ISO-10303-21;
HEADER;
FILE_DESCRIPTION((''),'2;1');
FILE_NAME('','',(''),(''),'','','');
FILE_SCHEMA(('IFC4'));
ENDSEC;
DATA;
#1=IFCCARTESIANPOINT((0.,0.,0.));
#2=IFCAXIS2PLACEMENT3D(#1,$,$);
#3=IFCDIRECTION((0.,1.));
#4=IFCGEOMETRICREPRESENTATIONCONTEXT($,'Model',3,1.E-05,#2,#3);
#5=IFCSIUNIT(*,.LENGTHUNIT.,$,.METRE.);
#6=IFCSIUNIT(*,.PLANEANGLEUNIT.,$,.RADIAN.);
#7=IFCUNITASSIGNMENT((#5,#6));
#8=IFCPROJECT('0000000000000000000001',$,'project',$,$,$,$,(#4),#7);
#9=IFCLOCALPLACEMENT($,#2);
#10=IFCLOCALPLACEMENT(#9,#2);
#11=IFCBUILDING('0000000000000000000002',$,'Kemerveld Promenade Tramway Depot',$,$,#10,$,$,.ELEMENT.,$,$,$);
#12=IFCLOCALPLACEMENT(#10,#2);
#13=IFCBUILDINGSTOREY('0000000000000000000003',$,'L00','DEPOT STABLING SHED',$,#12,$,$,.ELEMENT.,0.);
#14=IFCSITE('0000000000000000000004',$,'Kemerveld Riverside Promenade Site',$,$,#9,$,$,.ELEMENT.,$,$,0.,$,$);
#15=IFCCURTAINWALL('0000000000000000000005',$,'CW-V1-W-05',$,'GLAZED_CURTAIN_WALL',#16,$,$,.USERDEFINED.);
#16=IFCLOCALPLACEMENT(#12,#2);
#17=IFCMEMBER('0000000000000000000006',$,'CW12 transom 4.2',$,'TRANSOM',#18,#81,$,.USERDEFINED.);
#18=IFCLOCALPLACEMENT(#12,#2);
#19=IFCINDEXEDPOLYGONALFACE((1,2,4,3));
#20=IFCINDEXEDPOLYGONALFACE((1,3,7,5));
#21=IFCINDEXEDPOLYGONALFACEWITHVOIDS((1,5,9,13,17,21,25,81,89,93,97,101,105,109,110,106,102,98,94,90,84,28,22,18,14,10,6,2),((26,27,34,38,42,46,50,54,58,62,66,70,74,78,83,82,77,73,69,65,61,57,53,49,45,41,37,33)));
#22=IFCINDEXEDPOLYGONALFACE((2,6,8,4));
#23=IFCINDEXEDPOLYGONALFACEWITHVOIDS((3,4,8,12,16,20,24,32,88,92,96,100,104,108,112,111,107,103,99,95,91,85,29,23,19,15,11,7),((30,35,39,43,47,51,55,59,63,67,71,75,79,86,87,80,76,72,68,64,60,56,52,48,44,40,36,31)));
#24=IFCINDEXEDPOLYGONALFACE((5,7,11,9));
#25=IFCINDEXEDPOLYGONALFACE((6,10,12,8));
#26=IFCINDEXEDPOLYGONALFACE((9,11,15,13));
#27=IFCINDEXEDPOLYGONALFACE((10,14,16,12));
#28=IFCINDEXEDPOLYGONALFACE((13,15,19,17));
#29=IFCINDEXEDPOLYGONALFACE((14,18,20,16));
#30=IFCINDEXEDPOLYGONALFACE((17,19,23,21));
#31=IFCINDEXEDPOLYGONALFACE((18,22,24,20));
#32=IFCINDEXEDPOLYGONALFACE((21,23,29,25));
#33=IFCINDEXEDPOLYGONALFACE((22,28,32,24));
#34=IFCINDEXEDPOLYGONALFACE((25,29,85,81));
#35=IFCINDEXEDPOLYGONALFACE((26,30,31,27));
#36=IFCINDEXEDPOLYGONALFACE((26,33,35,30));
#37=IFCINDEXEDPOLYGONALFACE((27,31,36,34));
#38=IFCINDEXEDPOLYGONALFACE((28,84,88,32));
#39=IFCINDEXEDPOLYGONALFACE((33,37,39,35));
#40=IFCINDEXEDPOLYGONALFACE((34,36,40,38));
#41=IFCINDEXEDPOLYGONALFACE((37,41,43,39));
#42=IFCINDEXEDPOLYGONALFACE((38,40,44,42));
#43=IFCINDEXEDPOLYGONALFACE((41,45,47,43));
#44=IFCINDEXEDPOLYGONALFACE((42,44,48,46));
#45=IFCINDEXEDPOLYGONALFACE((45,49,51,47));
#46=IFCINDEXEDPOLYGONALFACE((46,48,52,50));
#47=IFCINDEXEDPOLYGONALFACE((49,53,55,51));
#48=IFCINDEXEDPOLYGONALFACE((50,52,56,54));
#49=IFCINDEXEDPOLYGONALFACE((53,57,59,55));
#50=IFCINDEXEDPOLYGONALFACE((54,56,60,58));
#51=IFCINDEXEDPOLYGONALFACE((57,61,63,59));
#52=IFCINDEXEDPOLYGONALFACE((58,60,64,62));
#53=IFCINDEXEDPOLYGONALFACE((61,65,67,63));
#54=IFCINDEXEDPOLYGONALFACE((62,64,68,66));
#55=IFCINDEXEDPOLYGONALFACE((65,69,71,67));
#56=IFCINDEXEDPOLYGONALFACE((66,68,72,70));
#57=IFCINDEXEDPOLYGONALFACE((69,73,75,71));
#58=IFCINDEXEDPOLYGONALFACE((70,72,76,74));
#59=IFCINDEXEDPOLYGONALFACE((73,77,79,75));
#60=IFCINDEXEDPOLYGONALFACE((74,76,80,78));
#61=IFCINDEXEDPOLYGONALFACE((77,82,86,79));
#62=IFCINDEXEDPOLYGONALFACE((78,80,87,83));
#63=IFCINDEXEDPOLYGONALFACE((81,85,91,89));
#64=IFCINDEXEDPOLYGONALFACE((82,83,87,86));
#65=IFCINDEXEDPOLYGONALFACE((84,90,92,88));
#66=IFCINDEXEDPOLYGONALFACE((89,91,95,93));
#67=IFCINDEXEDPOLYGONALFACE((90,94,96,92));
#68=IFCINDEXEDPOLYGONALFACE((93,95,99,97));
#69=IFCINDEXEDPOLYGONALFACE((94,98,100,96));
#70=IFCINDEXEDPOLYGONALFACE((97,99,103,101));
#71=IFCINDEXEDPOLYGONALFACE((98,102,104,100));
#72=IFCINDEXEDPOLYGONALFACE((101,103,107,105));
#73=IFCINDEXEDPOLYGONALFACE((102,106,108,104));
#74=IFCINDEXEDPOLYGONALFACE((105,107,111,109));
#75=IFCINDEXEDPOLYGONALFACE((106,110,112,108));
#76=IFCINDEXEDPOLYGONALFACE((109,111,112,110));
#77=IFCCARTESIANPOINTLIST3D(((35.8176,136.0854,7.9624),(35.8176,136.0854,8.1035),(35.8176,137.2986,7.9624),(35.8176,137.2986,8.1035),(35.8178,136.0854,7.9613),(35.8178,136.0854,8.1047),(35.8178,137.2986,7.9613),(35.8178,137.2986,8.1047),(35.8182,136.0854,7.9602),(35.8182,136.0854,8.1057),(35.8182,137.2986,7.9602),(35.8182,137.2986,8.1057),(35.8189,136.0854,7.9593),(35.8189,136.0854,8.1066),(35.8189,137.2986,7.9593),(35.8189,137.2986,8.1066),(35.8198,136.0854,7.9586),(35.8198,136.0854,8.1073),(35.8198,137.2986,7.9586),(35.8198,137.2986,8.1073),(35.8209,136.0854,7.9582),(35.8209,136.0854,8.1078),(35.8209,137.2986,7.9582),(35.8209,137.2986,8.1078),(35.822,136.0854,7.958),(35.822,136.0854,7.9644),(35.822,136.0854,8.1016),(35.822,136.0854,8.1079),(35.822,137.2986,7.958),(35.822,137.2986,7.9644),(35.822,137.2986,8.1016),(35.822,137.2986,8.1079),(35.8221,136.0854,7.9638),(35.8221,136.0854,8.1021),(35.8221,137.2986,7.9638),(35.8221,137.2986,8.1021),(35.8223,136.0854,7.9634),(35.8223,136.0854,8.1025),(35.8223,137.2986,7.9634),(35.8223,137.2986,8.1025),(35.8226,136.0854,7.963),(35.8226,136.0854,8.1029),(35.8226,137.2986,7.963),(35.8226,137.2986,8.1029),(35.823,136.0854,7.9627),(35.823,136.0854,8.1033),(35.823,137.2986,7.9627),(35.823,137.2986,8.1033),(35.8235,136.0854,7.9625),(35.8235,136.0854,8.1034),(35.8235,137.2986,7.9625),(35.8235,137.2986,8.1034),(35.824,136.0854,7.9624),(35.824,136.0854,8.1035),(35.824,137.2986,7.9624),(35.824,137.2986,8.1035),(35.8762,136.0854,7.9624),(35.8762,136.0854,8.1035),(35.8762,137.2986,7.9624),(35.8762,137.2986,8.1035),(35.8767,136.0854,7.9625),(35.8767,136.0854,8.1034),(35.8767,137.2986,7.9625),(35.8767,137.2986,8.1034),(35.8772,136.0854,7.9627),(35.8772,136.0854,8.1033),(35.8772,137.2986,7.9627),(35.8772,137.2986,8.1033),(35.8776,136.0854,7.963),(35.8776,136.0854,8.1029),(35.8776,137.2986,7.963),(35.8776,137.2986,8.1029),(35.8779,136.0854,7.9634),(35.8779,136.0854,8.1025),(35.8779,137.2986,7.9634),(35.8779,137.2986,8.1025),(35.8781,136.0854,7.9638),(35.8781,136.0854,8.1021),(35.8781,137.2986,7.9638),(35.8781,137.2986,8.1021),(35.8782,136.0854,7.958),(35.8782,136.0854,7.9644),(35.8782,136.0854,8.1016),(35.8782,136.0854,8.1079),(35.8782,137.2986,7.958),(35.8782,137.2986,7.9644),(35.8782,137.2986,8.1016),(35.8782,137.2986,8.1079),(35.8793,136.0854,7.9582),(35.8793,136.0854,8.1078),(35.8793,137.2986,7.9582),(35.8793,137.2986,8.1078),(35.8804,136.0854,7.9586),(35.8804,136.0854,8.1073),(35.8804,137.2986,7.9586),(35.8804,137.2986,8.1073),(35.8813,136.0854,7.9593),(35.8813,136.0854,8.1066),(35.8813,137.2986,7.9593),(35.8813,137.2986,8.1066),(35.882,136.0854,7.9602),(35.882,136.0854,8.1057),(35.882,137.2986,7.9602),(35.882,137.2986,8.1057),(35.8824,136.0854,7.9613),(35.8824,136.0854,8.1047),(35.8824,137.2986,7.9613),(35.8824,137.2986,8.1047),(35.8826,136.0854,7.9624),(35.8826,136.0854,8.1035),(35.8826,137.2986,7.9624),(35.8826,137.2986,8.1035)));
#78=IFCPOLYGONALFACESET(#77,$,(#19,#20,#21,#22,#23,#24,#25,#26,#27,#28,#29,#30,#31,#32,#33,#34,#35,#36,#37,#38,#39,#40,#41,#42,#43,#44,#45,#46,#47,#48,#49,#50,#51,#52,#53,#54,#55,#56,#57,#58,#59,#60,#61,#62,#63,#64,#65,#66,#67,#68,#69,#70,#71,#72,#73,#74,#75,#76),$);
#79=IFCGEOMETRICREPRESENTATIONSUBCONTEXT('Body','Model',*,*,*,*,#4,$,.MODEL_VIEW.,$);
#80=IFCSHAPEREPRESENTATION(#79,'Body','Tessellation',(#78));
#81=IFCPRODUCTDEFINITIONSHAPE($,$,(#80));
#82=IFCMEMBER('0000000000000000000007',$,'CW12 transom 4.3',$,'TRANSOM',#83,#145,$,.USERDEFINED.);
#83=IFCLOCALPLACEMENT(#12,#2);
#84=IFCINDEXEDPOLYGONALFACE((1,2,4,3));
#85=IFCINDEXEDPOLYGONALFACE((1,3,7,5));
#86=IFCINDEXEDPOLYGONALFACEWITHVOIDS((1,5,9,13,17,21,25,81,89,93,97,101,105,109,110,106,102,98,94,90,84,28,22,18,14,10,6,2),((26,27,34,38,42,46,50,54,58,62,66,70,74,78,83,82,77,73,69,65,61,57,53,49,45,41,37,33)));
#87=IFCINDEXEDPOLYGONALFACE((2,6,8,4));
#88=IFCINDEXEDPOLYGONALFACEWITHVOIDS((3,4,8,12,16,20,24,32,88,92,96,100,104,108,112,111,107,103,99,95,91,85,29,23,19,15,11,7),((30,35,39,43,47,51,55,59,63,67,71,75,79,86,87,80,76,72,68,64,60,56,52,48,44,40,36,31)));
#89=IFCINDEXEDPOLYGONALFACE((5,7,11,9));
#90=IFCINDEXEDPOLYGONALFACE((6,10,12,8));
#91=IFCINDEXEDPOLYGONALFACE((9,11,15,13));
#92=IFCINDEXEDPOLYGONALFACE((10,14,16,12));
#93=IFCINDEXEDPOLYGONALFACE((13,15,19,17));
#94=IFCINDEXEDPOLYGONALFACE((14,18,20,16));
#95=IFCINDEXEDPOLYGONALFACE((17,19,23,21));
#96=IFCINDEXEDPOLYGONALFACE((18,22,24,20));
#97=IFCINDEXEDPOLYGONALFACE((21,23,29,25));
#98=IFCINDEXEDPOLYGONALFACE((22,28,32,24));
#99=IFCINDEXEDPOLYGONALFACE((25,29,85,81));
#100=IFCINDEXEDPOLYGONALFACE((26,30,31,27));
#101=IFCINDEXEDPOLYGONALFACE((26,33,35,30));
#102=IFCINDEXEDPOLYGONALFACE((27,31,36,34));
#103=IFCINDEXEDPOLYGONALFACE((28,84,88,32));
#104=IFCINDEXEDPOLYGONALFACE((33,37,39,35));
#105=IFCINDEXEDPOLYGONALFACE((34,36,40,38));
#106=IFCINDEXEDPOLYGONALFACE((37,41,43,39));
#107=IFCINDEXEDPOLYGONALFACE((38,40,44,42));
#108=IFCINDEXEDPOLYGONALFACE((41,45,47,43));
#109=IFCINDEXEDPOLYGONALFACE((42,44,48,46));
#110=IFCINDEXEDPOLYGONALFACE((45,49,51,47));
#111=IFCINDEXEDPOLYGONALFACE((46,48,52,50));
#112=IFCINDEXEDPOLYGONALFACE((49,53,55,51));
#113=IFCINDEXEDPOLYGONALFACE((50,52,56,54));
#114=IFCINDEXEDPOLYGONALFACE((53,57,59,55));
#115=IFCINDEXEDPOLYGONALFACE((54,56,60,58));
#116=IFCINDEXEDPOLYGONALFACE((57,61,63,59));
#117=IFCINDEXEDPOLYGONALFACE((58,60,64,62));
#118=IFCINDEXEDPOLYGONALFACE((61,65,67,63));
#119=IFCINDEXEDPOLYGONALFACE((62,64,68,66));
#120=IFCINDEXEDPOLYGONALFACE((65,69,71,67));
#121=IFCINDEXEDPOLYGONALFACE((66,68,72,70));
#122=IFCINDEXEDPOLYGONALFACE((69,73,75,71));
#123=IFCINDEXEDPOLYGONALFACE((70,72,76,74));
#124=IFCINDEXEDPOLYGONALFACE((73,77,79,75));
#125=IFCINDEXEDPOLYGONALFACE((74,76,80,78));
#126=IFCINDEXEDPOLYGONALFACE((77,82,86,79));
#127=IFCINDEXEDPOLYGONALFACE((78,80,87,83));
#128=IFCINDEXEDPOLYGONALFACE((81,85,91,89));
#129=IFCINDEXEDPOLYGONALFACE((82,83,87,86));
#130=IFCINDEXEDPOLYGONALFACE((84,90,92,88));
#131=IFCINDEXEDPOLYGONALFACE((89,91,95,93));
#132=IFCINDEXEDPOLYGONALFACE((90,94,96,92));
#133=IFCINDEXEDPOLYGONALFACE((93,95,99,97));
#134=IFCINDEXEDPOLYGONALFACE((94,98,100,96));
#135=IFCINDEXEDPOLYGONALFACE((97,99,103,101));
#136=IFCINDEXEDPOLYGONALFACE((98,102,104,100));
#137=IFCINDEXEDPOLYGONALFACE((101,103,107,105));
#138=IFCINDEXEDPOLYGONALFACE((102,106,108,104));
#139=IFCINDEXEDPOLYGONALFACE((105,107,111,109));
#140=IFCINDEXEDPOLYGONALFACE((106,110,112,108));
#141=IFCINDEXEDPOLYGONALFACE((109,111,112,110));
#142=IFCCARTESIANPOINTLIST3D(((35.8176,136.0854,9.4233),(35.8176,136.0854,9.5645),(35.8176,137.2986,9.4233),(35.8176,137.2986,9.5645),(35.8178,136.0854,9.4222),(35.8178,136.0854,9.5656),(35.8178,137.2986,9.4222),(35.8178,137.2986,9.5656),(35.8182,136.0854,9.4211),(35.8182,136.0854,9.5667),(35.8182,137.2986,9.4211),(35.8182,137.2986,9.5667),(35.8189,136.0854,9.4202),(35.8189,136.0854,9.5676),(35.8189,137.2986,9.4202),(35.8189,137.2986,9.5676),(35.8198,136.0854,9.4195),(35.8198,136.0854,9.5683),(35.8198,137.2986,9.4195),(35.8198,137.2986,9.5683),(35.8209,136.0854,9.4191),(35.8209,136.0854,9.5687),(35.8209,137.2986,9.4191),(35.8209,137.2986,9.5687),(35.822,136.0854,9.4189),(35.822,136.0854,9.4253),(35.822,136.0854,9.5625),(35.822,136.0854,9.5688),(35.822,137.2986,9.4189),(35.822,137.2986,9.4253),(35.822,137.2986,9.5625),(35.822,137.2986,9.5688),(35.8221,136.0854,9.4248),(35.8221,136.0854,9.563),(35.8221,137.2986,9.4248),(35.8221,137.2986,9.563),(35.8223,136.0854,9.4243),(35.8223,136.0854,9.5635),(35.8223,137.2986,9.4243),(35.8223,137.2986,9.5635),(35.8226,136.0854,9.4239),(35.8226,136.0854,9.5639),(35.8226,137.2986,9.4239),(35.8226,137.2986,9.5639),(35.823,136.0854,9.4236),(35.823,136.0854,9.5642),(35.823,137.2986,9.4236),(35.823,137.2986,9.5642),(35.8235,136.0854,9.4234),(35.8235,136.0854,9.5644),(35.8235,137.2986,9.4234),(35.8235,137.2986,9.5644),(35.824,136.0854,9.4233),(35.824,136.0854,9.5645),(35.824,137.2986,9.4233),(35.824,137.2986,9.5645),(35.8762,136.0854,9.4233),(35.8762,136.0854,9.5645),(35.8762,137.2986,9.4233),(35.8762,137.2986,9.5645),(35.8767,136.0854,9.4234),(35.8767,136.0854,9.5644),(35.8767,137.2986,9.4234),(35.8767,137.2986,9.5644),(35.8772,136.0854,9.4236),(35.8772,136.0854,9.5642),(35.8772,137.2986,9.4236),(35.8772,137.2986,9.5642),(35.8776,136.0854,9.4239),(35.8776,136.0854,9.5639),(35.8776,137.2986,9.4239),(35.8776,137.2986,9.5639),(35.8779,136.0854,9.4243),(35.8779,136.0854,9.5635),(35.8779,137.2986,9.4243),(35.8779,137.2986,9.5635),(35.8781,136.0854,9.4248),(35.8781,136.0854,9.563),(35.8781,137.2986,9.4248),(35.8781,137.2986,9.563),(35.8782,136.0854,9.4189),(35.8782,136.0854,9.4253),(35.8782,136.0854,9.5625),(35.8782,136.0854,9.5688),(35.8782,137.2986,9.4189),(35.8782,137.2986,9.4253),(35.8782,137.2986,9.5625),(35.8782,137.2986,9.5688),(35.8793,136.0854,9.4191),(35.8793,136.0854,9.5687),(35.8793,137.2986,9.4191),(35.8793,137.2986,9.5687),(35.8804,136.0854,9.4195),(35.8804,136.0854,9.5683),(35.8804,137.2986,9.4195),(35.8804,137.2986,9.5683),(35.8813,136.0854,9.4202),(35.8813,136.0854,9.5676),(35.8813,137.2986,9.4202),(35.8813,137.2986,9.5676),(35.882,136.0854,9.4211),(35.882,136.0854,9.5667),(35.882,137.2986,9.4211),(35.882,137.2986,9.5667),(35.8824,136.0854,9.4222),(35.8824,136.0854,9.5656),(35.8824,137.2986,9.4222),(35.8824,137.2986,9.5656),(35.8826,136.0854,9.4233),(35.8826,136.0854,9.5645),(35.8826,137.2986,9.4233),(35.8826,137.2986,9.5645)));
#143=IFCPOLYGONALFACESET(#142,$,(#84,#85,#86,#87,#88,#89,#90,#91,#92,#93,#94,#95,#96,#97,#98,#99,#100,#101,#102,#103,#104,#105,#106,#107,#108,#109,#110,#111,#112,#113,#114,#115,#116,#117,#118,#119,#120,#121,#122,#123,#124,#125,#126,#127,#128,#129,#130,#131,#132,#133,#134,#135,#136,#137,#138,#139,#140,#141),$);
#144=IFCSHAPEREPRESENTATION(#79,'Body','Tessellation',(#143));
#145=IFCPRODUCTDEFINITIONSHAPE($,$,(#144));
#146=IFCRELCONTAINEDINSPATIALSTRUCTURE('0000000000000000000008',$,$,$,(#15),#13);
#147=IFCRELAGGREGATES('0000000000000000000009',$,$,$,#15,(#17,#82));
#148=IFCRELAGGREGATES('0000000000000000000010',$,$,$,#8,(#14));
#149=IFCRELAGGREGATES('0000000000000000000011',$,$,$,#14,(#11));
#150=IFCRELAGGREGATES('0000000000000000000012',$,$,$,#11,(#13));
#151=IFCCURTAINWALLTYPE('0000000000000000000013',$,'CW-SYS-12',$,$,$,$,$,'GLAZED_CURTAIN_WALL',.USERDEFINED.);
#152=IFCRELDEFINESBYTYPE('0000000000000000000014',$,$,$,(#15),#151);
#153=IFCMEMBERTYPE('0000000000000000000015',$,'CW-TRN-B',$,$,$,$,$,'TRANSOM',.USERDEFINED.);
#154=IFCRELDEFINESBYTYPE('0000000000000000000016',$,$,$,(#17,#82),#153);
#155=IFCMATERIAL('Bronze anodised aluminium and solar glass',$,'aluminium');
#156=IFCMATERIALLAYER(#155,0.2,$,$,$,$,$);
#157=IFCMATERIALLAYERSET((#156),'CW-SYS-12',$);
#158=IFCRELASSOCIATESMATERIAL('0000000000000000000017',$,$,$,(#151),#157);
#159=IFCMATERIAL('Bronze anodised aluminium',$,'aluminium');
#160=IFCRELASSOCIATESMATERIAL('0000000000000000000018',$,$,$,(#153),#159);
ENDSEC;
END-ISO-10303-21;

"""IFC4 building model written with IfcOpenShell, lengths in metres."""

from ifc_helpers import new_model, si_unit, direction, frame, origin, origin_2d, place, context, subcontext, project, spatial, hollow_rectangle, extrude, material, layer, layer_set, material_profile, profile_set, type_object, element, aggregate, save


model = new_model("IFC4")

# Units and contexts
model_context = context("Model", 3, precision=1e-05, world=origin(), true_north=direction((0.0, 1.0)))
body_context = subcontext(model_context, "Body", "Model", "MODEL_VIEW")
ifc_project = project(units=[si_unit("LENGTHUNIT", "METRE"), si_unit("PLANEANGLEUNIT", "RADIAN")], contexts=[model_context])

# Site, building, storey
site_placement = place(None, origin())
site = spatial("IfcSite", under=ifc_project, at=site_placement, Name="Kemerveld Riverside Promenade Site", CompositionType="ELEMENT", RefElevation=0.0)
building_placement = place(site_placement, origin())
building = spatial("IfcBuilding", under=site, at=building_placement, Name="Kemerveld Promenade Tramway Depot", CompositionType="ELEMENT")
storey_placement = place(building_placement, origin())
storey = spatial("IfcBuildingStorey", under=building, at=storey_placement, Name="L00", Description="DEPOT STABLING SHED", CompositionType="ELEMENT", Elevation=0.0)

# Curtain wall, members
ifc_material_1 = material(Name="Bronze anodised aluminium and solar glass", Category="aluminium")
ifc_layer_1 = layer(ifc_material_1, 0.2)
ifc_layer_set_1 = layer_set([ifc_layer_1], Name="CW-SYS-12")
curtain_wall_type = type_object("IfcCurtainWallType", Name="CW-SYS-12", ElementType="GLAZED_CURTAIN_WALL", PredefinedType="USERDEFINED", material=ifc_layer_set_1)
curtain_wall_placement = place(storey_placement, origin())
curtain_wall = element("IfcCurtainWall", 1, at=curtain_wall_placement, inside=storey, type_object=curtain_wall_type, Name="CW-V1-W-05", ObjectType="GLAZED_CURTAIN_WALL", PredefinedType="USERDEFINED")
ifc_material_2 = material(Name="Bronze anodised aluminium", Category="aluminium")
ifc_material_profile_1 = material_profile(ifc_material_2, hollow_rectangle(XDim=0.0649, YDim=0.1499, WallThickness=0.0044, InnerFilletRadius=0.002, OuterFilletRadius=0.0044, at=origin_2d()), Name="CW-TRN-150x65")
ifc_profile_set_1 = profile_set([ifc_material_profile_1], Name="Bronze anodised aluminium")
member_type_1 = type_object("IfcMemberType", Name="CW-TRN-B", ElementType="TRANSOM", PredefinedType="USERDEFINED", material=ifc_profile_set_1)
member_1_placement = place(storey_placement, frame((35.8501, 136.0854, 8.033), z_axis=(0.0, 1.0, 0.0), x_axis=(-1.0, 0.0, 0.0)))
member_1 = element("IfcMember", 2, at=member_1_placement, type_object=member_type_1, Name="CW12 transom 4.2", ObjectType="TRANSOM", PredefinedType="USERDEFINED", context=body_context, shape_type="SweptSolid", body=[
    extrude(hollow_rectangle(XDim=0.0649, YDim=0.1499, WallThickness=0.0044, InnerFilletRadius=0.002, OuterFilletRadius=0.0044, at=origin_2d()), origin(), (0.0, 0.0, 1.0), 1.2131),
])
member_2_placement = place(storey_placement, frame((35.8501, 136.0854, 9.4939), z_axis=(0.0, 1.0, 0.0), x_axis=(-1.0, 0.0, 0.0)))
member_2 = element("IfcMember", 3, at=member_2_placement, type_object=member_type_1, Name="CW12 transom 4.3", ObjectType="TRANSOM", PredefinedType="USERDEFINED", context=body_context, shape_type="SweptSolid", body=[
    extrude(hollow_rectangle(XDim=0.0649, YDim=0.1499, WallThickness=0.0044, InnerFilletRadius=0.002, OuterFilletRadius=0.0044, at=origin_2d()), origin(), (0.0, 0.0, 1.0), 1.2131),
])
aggregate(curtain_wall, [member_1, member_2])

save(model, "model.ifc")
